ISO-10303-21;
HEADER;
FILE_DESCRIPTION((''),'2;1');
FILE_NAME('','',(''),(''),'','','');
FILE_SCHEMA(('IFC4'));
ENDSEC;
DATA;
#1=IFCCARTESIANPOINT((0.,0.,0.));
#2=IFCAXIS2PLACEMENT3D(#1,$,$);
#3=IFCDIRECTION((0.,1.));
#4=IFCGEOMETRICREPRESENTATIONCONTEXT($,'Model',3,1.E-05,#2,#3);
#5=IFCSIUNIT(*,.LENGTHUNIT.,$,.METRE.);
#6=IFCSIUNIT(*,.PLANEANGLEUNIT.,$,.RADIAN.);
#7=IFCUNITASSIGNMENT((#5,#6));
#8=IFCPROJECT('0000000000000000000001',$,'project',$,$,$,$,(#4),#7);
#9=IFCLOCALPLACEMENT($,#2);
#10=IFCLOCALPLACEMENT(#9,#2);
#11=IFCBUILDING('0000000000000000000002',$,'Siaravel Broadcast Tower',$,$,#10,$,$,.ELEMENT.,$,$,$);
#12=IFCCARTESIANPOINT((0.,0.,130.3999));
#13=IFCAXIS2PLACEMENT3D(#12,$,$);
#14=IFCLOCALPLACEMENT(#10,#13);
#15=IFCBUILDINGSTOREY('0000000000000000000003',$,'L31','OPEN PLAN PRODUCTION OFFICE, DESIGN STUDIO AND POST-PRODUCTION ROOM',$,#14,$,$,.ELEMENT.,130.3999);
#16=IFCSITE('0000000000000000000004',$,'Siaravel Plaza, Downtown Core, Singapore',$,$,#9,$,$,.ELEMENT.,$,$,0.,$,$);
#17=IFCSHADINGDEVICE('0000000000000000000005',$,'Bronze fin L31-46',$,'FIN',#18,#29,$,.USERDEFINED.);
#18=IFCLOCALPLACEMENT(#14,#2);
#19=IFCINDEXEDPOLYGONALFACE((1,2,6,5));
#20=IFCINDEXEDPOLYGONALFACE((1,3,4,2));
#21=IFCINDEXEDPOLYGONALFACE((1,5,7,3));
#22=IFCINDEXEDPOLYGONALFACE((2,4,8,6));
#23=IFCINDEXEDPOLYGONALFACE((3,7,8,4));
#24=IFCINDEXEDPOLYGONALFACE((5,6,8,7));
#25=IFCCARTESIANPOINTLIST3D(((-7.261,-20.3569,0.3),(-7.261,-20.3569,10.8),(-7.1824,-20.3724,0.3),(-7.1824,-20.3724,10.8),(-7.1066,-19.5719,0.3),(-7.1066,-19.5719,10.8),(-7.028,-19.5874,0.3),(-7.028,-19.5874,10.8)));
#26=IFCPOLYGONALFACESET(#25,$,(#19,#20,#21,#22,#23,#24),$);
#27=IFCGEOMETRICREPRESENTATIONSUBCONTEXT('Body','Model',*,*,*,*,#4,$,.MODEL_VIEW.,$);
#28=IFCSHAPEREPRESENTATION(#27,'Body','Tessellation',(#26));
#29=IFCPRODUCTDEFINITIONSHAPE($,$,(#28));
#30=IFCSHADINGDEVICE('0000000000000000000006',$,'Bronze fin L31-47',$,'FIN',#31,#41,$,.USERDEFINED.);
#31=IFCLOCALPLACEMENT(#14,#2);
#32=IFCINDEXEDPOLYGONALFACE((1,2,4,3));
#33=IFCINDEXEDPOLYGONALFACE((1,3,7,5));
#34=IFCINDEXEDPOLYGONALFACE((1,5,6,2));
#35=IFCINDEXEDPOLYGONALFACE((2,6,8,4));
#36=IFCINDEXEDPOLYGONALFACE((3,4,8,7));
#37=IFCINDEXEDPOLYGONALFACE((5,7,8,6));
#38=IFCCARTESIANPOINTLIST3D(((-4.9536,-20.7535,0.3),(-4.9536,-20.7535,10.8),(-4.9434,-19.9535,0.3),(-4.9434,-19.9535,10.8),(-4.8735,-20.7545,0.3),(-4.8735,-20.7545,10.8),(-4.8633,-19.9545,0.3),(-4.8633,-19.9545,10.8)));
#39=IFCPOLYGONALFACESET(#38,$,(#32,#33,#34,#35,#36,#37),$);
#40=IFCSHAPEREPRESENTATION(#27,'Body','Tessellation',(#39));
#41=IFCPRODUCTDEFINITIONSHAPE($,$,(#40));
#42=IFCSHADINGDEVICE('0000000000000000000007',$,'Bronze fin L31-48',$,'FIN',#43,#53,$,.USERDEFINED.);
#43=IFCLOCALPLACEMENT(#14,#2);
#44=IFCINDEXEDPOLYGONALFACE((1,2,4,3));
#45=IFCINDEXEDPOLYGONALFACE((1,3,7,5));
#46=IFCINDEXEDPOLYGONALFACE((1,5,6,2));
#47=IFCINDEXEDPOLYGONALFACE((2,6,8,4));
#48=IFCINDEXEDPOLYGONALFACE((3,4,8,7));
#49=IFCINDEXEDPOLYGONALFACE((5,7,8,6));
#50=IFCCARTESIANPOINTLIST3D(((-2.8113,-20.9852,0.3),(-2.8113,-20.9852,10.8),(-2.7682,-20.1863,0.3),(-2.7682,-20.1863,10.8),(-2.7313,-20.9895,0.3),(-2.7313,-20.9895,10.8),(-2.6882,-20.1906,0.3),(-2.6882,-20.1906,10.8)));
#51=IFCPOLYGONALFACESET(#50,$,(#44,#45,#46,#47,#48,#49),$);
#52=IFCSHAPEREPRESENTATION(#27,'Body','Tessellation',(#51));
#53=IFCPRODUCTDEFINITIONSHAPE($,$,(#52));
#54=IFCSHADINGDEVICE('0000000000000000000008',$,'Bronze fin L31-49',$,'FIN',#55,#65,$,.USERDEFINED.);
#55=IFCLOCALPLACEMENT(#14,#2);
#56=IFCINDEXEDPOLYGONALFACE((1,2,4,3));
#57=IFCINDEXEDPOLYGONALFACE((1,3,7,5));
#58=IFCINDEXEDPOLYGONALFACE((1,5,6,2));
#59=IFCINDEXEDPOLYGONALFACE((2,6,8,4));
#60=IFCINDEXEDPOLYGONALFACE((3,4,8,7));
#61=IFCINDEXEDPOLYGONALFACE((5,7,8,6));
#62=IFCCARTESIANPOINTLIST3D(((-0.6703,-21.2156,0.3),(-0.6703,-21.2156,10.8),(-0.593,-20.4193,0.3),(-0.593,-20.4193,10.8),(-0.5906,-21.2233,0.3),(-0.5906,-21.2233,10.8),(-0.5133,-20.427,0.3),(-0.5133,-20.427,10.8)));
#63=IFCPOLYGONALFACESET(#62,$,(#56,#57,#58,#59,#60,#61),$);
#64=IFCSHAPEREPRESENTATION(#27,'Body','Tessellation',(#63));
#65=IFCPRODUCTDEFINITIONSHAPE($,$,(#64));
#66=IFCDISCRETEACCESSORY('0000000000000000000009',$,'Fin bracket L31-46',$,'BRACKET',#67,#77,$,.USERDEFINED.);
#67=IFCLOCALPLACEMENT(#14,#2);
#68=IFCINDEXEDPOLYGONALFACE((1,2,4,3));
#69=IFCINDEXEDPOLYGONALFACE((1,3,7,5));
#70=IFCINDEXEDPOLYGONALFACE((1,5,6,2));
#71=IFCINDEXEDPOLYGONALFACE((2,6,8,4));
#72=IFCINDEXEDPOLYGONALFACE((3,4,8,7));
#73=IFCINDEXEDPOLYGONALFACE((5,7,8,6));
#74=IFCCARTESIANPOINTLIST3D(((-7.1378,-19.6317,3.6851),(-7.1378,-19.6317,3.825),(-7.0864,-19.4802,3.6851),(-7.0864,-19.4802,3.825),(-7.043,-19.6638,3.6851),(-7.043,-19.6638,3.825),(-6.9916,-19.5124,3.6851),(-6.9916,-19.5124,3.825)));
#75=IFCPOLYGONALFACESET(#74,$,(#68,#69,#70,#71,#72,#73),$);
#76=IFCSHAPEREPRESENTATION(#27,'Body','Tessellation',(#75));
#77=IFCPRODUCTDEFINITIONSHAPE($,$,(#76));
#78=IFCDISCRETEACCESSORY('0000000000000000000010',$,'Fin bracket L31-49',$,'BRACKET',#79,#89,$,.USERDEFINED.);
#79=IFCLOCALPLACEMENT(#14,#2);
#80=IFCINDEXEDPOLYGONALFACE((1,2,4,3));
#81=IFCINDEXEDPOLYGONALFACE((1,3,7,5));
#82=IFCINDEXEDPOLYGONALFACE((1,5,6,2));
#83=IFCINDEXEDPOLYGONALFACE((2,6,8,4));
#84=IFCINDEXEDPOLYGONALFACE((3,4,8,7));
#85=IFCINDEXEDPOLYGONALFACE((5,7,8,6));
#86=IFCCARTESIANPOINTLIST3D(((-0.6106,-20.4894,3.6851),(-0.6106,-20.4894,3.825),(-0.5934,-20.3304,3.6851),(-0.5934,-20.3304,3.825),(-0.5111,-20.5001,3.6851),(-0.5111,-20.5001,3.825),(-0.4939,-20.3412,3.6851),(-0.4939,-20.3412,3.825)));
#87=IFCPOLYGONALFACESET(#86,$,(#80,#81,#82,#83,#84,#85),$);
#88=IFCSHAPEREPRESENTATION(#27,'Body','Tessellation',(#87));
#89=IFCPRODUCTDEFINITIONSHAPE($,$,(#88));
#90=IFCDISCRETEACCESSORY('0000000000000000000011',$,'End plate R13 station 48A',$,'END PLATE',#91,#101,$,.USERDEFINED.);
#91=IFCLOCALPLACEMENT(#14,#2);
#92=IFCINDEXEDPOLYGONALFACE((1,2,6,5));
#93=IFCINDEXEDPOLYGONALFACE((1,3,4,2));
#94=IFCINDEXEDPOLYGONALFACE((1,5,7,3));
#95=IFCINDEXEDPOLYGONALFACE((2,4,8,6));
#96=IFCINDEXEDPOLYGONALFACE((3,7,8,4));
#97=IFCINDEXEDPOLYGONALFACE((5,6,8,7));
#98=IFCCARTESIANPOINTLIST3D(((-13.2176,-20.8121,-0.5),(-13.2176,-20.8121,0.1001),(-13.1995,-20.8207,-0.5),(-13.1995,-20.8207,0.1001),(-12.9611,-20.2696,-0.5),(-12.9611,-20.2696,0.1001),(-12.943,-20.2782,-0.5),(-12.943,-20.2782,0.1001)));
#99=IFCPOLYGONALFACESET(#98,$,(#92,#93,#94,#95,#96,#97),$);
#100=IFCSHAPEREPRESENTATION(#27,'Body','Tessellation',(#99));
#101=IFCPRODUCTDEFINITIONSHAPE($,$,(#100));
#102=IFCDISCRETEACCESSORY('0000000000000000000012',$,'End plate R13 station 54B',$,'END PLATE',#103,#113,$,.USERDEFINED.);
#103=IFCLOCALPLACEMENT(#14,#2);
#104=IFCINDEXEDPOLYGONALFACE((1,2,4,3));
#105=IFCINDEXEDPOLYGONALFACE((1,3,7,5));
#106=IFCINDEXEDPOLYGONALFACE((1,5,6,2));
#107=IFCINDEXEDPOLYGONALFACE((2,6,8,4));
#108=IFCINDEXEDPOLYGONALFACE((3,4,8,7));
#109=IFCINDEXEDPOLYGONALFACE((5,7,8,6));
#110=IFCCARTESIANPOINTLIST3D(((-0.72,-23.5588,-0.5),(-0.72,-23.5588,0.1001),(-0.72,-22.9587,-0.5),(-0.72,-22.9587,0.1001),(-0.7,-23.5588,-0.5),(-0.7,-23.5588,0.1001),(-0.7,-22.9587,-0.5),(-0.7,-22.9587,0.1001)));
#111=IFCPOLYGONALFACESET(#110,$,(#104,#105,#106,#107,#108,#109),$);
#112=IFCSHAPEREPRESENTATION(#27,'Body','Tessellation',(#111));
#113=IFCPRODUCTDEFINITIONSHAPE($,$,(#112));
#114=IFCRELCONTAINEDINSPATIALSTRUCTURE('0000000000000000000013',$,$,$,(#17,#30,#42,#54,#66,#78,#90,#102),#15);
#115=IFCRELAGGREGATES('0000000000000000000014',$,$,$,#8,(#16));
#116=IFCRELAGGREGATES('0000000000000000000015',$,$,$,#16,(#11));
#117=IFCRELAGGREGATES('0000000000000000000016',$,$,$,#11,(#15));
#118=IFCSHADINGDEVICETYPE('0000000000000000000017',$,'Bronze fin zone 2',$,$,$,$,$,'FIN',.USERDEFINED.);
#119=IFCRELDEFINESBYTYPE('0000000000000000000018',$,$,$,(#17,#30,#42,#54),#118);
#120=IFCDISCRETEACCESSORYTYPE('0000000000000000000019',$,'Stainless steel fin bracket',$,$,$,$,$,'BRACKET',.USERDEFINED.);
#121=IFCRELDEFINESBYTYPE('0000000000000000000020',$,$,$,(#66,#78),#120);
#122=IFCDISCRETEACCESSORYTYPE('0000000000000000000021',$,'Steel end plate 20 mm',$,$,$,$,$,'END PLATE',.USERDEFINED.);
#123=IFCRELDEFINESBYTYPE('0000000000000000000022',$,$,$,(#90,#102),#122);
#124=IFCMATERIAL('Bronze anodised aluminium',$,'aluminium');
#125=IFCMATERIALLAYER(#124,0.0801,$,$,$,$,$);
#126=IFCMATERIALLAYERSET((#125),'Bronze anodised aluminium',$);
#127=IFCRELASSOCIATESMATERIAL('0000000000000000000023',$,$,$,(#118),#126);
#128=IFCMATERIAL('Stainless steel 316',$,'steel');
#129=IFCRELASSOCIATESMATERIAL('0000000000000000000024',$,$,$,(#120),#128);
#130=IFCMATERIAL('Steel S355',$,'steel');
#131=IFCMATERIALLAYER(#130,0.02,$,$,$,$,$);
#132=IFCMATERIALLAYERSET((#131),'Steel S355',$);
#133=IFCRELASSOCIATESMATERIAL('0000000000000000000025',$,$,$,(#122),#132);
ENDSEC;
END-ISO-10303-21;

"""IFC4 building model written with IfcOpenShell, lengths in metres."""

from ifc_helpers import new_model, si_unit, direction, frame, origin, origin_2d, place, context, subcontext, project, spatial, rectangle, extrude, material, layer, layer_set, type_object, element, save


model = new_model("IFC4")

# Units and contexts
model_context = context("Model", 3, precision=1e-05, world=origin(), true_north=direction((0.0, 1.0)))
body_context = subcontext(model_context, "Body", "Model", "MODEL_VIEW")
ifc_project = project(units=[si_unit("LENGTHUNIT", "METRE"), si_unit("PLANEANGLEUNIT", "RADIAN")], contexts=[model_context])

# Site, building, storey
site_placement = place(None, origin())
site = spatial("IfcSite", under=ifc_project, at=site_placement, Name="Siaravel Plaza, Downtown Core, Singapore", CompositionType="ELEMENT", RefElevation=0.0)
building_placement = place(site_placement, origin())
building = spatial("IfcBuilding", under=site, at=building_placement, Name="Siaravel Broadcast Tower", CompositionType="ELEMENT")
storey_placement = place(building_placement, frame((0.0, 0.0, 130.3999)))
storey = spatial("IfcBuildingStorey", under=building, at=storey_placement, Name="L31", Description="OPEN PLAN PRODUCTION OFFICE, DESIGN STUDIO AND POST-PRODUCTION ROOM", CompositionType="ELEMENT", Elevation=130.3999)

# Shared definitions
ifc_material_1 = material(Name="Steel S355", Category="steel")

# Shading devices
ifc_material_2 = material(Name="Bronze anodised aluminium", Category="aluminium")
ifc_layer_1 = layer(ifc_material_2, 0.0801)
ifc_layer_set_1 = layer_set([ifc_layer_1], Name="Bronze anodised aluminium")
shading_device_type = type_object("IfcShadingDeviceType", Name="Bronze fin zone 2", ElementType="FIN", PredefinedType="USERDEFINED", material=ifc_layer_set_1)
for number, where, z_axis, x_axis, name in (
    (1, (-7.1445, -19.9722, 0.3), (0.0, 0.0, 1.0), (-0.192984, -0.981202, 0.0), "Bronze fin L31-46"),
    (2, (-4.9084, -20.354, 0.3), (0.0, 0.0, 1.0), (-0.012674, -0.99992, 0.0), "Bronze fin L31-47"),
    (3, (-2.7498, -20.5879, 0.3), (0.0, 0.0, 1.0), (-0.053912, -0.998546, 0.0), "Bronze fin L31-48"),
    (4, (-0.5918, -20.8213, 0.3), (0.0, 0.0, 1.0), (-0.096575, -0.995326, 0.0), "Bronze fin L31-49"),
):
    element("IfcShadingDevice", number, at=place(storey_placement, frame(where, z_axis=z_axis, x_axis=x_axis)), inside=storey, type_object=shading_device_type, Name=name, ObjectType="FIN", PredefinedType="USERDEFINED", context=body_context, shape_type="SweptSolid", body=[
        extrude(rectangle(XDim=0.8, YDim=0.0801, at=origin_2d()), origin(), (0.0, 0.0, 1.0), 10.5),
    ])

# Discrete accessories
ifc_material_3 = material(Name="Stainless steel 316", Category="steel")
discrete_accessory_type_1 = type_object("IfcDiscreteAccessoryType", Name="Stainless steel fin bracket", ElementType="BRACKET", PredefinedType="USERDEFINED", material=ifc_material_3)
for number, where, z_axis, x_axis, name in (
    (5, (-7.0647, -19.572, 3.6851), (0.0, 0.0, 1.0), (-0.321302, -0.946977, 0.0), "Fin bracket L31-46"),
    (6, (-0.5522, -20.4153, 3.6851), (0.0, 0.0, 1.0), (-0.107219, -0.994235, 0.0), "Fin bracket L31-49"),
):
    element("IfcDiscreteAccessory", number, at=place(storey_placement, frame(where, z_axis=z_axis, x_axis=x_axis)), inside=storey, type_object=discrete_accessory_type_1, Name=name, ObjectType="BRACKET", PredefinedType="USERDEFINED", context=body_context, shape_type="SweptSolid", body=[
        extrude(rectangle(XDim=0.1599, YDim=0.1001, at=origin_2d()), origin(), (0.0, 0.0, 1.0), 0.1399),
    ])
ifc_layer_2 = layer(ifc_material_1, 0.02)
ifc_layer_set_2 = layer_set([ifc_layer_2], Name="Steel S355")
discrete_accessory_type_2 = type_object("IfcDiscreteAccessoryType", Name="Steel end plate 20 mm", ElementType="END PLATE", PredefinedType="USERDEFINED", material=ifc_layer_set_2)
for number, where, z_axis, x_axis, name in (
    (7, (-13.0803, -20.5452, -0.5), (0.0, 0.0, 1.0), (0.904007, -0.427517, 0.0), "End plate R13 station 48A"),
    (8, (-0.71, -23.2588, -0.5), (0.0, 0.0, 1.0), (1.0, 0.0, 0.0), "End plate R13 station 54B"),
):
    element("IfcDiscreteAccessory", number, at=place(storey_placement, frame(where, z_axis=z_axis, x_axis=x_axis)), inside=storey, type_object=discrete_accessory_type_2, Name=name, ObjectType="END PLATE", PredefinedType="USERDEFINED", context=body_context, shape_type="SweptSolid", body=[
        extrude(rectangle(XDim=0.02, YDim=0.6001, at=origin_2d()), origin(), (0.0, 0.0, 1.0), 0.6001),
    ])

save(model, "model.ifc")
